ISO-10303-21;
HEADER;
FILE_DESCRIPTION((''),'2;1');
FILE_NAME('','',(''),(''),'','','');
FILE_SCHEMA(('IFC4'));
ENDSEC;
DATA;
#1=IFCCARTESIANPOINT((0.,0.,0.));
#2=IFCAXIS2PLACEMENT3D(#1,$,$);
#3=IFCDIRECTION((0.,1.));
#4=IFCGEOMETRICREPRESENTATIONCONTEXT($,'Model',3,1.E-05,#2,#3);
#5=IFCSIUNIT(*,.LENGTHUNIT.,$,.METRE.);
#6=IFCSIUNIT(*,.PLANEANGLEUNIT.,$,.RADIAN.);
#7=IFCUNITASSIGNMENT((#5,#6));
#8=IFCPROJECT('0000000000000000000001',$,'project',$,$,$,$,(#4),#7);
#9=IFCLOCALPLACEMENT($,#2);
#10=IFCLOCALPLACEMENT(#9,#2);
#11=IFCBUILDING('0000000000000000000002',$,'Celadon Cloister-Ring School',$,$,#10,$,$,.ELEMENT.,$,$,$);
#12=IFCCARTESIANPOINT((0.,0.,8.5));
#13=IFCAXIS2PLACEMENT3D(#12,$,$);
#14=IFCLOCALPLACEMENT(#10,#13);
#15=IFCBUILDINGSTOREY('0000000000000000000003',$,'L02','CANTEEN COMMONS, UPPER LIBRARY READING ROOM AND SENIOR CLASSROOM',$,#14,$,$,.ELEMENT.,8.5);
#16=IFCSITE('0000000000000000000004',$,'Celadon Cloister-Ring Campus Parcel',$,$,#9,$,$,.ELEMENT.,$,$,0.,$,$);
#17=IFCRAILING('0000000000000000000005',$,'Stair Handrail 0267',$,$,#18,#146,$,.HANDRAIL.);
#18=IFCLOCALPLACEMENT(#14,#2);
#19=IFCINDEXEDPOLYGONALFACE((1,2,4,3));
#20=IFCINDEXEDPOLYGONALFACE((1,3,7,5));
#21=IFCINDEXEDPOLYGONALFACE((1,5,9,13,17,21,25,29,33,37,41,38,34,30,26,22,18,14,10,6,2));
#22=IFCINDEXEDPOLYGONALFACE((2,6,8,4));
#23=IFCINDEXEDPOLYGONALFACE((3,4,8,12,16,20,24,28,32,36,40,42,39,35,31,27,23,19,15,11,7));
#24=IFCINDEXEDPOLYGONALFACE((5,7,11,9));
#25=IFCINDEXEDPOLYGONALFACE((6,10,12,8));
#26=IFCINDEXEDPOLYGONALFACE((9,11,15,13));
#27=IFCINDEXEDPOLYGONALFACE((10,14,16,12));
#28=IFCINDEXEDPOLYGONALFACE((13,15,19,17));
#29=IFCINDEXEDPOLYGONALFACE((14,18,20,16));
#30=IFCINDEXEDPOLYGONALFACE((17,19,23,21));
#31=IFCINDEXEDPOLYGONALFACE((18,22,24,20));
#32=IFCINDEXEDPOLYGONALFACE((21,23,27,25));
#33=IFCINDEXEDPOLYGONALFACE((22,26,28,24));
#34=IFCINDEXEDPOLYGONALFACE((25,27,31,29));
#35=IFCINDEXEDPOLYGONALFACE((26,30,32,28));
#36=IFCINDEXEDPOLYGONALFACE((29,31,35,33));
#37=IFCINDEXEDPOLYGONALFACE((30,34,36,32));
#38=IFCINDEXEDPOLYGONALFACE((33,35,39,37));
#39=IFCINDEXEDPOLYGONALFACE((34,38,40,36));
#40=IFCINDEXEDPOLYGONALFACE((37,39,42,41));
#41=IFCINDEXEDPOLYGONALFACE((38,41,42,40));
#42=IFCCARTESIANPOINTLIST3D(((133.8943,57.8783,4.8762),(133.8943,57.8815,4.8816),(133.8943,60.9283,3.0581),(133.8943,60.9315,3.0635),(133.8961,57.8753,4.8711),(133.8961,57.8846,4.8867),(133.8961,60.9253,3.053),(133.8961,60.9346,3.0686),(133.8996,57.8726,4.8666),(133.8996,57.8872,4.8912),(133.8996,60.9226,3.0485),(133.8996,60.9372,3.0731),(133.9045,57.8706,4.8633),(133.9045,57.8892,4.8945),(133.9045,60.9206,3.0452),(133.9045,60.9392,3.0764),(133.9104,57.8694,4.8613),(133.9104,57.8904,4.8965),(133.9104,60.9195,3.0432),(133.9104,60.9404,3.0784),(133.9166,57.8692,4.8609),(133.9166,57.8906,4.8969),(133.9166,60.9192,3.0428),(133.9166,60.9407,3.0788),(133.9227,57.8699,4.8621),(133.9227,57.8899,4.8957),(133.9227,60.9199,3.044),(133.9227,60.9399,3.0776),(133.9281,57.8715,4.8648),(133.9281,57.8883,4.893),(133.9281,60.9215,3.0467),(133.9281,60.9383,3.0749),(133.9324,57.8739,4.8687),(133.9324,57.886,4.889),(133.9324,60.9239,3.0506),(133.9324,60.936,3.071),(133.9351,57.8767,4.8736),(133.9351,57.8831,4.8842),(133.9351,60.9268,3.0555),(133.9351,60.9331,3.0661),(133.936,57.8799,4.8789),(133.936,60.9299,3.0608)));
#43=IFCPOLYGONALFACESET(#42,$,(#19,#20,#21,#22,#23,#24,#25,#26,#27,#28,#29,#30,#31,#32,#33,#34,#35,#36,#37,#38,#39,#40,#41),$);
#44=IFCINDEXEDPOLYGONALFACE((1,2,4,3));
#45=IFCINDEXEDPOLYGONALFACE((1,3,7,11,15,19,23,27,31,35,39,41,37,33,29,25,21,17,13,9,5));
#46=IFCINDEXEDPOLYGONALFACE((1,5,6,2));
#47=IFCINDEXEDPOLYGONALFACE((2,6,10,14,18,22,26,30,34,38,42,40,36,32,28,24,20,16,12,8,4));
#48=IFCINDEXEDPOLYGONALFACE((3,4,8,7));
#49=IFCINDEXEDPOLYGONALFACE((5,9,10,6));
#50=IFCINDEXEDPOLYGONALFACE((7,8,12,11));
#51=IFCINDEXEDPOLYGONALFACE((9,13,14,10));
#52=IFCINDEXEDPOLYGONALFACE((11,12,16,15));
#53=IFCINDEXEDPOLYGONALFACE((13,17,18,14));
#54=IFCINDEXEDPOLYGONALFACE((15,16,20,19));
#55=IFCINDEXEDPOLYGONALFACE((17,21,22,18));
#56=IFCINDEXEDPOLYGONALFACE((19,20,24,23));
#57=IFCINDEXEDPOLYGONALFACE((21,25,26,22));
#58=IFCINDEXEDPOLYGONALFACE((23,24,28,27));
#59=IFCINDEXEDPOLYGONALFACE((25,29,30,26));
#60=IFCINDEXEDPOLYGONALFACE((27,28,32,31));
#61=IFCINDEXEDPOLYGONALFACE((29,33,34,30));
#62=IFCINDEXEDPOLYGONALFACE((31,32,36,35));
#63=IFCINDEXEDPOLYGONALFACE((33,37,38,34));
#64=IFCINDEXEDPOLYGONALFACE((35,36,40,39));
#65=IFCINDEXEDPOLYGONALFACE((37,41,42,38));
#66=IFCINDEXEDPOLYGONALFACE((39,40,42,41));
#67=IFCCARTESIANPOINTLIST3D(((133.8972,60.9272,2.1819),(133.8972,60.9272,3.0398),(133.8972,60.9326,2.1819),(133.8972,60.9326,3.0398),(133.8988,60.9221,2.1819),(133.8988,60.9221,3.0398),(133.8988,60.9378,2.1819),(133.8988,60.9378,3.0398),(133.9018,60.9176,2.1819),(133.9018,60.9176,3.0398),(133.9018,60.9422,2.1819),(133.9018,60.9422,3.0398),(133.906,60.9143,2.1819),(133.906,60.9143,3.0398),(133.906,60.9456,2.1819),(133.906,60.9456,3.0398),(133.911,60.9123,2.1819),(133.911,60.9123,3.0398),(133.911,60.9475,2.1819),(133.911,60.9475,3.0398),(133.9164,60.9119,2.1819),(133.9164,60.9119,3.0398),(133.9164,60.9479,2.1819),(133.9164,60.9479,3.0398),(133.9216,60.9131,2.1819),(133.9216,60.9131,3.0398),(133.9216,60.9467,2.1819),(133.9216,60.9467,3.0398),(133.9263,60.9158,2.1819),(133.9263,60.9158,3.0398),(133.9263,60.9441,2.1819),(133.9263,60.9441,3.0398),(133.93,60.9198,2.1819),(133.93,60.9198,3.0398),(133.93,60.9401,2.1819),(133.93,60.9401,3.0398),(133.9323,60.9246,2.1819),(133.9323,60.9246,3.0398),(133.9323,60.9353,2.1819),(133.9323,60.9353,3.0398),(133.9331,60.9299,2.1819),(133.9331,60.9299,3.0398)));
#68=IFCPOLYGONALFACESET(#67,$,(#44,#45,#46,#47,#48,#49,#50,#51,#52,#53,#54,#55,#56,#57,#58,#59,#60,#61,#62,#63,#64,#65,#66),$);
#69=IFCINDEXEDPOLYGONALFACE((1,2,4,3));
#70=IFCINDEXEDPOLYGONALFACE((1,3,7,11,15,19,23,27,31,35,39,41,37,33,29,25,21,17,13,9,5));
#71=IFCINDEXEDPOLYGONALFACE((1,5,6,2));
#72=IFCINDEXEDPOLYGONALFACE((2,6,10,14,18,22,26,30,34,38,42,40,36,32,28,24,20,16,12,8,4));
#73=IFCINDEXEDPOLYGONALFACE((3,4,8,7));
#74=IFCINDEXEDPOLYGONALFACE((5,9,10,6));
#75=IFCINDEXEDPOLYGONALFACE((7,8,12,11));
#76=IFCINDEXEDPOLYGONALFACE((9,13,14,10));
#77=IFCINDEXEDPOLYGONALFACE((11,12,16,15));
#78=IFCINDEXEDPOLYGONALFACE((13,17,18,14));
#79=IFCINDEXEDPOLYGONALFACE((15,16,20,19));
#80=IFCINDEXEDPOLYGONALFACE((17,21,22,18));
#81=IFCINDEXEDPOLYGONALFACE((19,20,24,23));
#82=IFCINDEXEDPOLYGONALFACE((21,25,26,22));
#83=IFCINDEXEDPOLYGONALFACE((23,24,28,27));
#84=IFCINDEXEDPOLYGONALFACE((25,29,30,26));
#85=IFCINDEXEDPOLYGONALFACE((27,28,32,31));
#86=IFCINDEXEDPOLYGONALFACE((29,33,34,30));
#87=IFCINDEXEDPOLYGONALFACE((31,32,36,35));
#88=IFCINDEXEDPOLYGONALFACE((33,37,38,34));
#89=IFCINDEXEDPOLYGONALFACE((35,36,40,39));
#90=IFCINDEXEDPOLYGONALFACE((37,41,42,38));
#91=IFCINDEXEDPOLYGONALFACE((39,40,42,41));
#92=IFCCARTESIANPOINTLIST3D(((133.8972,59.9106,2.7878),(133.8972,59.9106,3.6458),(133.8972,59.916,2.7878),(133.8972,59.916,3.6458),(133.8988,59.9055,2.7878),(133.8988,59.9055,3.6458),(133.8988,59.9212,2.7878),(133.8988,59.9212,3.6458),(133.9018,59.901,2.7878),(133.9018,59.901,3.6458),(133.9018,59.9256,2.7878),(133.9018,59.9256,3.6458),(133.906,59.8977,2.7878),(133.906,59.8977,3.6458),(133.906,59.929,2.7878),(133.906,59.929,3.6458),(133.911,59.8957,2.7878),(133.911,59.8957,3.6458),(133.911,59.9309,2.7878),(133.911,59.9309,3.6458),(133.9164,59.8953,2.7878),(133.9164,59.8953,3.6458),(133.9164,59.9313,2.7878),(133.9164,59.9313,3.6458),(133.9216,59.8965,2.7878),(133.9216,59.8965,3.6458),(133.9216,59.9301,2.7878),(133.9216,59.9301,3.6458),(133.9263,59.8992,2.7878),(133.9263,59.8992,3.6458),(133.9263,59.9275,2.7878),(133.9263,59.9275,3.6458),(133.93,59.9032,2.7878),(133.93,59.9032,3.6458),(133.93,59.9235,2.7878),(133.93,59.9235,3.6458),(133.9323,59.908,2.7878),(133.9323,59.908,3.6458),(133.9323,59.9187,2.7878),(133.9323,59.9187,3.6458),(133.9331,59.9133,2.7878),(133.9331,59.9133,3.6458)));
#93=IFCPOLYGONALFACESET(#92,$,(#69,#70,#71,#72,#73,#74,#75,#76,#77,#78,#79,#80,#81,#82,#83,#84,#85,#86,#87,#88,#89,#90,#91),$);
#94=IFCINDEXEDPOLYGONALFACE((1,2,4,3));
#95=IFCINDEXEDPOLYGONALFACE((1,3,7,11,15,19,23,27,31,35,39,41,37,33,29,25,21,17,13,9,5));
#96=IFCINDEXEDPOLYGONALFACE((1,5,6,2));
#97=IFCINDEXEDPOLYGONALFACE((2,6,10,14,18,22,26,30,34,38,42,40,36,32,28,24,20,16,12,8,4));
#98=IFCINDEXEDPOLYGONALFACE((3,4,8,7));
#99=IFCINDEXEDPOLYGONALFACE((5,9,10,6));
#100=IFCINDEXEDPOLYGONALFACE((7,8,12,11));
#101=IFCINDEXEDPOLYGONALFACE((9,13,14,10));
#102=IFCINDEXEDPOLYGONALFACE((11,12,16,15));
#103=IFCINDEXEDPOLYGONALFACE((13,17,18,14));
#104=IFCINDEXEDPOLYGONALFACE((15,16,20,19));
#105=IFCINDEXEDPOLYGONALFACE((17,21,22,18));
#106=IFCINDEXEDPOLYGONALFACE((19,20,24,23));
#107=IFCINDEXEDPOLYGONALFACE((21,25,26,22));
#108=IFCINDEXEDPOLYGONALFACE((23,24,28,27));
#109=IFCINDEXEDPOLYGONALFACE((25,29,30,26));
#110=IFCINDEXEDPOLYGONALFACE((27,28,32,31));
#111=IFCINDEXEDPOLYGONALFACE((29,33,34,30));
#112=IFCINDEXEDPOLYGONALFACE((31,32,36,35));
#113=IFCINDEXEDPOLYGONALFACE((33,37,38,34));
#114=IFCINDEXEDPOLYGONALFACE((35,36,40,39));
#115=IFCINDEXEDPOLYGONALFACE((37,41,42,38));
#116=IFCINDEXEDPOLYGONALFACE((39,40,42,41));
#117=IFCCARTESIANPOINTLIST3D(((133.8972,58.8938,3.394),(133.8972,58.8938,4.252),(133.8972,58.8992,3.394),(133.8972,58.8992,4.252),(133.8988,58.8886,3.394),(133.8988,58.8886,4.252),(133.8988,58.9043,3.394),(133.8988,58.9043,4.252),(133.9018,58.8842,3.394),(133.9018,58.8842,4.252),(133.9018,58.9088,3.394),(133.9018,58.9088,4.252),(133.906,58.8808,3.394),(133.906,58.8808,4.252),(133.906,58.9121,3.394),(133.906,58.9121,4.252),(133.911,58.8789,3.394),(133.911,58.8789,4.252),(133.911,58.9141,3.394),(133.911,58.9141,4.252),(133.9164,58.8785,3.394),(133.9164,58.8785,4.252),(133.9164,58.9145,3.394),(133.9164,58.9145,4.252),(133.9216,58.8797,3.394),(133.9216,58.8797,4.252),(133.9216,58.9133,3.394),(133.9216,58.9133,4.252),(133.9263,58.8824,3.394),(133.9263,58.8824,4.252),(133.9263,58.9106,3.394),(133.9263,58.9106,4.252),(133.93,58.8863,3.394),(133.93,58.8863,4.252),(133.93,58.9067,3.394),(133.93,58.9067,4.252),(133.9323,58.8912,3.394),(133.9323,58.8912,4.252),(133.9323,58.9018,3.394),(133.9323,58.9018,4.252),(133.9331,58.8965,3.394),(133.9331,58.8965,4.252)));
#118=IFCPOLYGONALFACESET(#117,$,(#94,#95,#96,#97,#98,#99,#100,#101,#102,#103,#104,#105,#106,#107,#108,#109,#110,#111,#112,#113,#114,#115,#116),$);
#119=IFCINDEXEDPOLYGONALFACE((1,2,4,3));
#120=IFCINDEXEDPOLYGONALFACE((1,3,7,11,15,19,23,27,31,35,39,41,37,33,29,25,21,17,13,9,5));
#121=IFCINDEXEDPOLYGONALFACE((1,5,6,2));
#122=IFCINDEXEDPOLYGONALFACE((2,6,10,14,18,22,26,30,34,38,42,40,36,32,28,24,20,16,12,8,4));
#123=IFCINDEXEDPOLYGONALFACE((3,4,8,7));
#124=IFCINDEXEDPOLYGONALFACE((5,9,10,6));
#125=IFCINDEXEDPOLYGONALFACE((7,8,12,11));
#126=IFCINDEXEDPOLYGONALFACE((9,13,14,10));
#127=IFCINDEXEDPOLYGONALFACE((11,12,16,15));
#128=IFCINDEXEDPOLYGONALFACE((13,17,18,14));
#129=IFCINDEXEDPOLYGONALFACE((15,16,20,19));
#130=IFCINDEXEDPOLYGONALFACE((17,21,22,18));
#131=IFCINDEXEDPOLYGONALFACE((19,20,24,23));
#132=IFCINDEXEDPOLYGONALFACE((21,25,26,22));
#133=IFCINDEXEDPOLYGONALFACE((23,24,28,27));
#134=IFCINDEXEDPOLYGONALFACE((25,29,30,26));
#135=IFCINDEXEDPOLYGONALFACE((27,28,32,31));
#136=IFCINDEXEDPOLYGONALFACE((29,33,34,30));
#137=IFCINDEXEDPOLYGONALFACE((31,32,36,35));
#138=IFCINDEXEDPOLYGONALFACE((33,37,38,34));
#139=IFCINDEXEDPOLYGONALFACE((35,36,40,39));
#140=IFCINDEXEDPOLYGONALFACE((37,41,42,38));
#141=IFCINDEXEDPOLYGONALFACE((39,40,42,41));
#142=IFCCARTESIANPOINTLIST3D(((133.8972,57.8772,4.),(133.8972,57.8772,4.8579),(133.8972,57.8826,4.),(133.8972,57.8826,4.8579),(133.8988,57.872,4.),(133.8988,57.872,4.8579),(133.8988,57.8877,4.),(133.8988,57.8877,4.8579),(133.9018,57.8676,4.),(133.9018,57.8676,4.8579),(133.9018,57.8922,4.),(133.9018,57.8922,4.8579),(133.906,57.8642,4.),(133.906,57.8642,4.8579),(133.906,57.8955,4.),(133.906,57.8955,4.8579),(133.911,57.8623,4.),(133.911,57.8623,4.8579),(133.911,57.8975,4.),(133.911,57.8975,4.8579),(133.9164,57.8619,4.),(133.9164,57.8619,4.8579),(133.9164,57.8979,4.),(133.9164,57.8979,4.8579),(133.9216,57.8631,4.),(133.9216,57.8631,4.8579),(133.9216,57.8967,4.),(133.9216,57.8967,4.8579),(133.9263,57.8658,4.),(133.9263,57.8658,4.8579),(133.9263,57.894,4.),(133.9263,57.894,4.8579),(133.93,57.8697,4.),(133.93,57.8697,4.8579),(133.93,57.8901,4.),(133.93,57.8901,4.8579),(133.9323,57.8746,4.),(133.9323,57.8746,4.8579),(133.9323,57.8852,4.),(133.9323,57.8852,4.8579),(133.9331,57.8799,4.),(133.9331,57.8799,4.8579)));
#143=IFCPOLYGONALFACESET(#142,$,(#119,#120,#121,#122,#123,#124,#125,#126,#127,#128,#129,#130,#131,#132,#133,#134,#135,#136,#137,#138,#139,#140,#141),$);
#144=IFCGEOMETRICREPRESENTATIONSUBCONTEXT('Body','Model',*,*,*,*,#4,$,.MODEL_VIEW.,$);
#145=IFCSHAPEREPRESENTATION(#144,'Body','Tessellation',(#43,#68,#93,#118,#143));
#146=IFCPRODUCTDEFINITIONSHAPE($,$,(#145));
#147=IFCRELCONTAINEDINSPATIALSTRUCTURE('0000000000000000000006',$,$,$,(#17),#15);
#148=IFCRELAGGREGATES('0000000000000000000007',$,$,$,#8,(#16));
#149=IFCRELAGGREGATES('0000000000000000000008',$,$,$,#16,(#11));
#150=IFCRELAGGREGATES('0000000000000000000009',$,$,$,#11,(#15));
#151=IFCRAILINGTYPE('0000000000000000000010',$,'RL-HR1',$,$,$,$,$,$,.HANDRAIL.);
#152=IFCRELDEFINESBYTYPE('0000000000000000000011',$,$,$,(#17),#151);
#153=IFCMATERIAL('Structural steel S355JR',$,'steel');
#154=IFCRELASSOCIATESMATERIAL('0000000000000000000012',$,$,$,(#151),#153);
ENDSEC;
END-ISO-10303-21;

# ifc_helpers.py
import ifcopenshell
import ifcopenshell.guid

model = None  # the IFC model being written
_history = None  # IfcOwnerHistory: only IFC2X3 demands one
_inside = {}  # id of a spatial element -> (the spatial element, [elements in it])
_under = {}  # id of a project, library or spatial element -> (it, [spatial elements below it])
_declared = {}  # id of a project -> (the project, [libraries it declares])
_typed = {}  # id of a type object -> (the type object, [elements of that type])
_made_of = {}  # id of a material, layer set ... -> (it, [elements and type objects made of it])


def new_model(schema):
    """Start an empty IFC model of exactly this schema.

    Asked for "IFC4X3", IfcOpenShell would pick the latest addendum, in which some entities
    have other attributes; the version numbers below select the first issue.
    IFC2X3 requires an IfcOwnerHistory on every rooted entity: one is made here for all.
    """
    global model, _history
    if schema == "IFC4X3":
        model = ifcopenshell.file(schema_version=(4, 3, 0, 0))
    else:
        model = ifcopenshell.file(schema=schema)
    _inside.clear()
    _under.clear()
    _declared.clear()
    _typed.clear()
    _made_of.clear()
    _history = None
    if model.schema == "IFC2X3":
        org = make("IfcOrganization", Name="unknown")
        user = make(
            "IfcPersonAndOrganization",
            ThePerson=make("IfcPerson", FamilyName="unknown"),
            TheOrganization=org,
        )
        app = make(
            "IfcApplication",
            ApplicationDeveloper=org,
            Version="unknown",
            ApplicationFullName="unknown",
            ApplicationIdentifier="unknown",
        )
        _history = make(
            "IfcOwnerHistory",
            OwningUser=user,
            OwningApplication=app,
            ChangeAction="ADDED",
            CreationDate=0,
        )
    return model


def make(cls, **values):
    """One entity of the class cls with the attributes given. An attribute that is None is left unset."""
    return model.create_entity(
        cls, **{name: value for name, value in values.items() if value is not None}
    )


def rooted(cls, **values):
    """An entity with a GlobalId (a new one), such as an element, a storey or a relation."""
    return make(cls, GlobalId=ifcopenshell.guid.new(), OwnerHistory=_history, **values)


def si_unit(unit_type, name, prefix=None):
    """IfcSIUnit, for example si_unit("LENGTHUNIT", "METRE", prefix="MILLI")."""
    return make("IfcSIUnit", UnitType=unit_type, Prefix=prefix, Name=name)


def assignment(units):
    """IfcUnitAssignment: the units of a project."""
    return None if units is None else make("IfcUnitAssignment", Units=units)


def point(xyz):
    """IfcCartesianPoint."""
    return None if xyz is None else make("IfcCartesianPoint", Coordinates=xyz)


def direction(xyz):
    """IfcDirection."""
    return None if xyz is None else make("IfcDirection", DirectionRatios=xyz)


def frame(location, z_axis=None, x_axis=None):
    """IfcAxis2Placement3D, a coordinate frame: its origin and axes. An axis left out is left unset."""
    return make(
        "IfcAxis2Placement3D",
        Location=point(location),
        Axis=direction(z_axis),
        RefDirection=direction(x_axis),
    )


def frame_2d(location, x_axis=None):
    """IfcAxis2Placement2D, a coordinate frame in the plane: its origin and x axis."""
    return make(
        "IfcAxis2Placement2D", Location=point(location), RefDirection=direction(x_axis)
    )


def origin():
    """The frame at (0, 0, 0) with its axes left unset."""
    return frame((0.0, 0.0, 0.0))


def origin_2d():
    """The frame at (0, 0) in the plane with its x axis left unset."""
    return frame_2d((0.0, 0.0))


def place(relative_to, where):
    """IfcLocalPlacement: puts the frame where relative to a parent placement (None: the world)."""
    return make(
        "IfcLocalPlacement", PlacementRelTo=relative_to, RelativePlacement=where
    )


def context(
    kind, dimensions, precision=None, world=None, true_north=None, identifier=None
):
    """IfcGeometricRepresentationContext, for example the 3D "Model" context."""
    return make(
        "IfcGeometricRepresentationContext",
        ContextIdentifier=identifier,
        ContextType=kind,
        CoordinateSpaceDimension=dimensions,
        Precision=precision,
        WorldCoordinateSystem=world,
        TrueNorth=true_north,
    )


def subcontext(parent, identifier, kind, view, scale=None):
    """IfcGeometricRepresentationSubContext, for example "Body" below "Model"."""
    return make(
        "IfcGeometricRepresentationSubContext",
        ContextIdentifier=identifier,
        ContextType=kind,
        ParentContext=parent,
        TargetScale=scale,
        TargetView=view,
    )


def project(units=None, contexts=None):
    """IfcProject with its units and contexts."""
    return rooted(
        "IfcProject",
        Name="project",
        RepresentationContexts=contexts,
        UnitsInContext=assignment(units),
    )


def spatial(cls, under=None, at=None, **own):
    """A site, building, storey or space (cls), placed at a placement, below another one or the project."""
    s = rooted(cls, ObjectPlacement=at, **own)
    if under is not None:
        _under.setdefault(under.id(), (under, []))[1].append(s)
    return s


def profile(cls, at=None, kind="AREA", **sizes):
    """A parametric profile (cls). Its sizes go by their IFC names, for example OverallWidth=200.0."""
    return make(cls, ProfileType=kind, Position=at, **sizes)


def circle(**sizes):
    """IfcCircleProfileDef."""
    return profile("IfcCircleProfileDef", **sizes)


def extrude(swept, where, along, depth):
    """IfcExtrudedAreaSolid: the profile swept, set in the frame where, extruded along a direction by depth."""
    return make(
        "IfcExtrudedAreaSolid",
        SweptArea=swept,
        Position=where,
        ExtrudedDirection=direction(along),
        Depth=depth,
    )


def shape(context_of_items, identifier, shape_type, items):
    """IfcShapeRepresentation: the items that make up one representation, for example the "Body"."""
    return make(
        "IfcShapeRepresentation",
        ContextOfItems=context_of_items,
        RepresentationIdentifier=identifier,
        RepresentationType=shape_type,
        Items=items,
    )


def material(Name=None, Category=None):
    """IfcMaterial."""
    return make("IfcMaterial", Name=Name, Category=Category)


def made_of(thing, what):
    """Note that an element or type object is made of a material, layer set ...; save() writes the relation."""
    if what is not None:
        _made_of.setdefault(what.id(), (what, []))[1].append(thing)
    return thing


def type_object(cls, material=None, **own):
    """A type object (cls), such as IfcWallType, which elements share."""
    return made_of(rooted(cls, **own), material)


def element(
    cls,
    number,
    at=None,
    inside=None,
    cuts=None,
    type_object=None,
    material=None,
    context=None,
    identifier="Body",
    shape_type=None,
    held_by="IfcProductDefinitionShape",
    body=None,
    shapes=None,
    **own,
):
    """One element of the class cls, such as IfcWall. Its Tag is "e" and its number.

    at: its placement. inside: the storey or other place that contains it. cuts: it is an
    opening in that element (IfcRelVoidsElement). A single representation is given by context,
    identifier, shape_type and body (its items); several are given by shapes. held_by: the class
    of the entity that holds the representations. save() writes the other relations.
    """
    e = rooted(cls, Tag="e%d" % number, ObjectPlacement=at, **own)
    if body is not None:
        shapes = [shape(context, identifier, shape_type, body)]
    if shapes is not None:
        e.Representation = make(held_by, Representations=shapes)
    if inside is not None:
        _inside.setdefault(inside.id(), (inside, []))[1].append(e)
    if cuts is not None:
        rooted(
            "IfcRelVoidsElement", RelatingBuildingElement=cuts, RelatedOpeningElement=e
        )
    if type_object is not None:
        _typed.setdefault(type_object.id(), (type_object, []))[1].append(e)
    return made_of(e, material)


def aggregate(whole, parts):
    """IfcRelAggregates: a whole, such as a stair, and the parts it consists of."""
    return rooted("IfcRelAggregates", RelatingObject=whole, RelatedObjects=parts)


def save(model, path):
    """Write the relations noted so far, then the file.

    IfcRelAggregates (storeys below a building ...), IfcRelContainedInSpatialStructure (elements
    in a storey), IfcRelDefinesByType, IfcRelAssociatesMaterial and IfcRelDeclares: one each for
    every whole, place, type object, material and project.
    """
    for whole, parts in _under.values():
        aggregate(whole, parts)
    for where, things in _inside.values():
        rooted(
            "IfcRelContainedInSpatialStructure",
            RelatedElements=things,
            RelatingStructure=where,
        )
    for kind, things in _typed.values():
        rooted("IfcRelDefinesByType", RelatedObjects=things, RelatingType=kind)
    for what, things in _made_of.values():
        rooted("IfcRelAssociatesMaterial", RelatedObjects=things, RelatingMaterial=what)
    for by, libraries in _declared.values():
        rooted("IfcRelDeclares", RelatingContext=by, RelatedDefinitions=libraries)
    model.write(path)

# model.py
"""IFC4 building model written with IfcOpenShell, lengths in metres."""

from ifc_helpers import new_model, si_unit, direction, frame, origin, origin_2d, place, context, subcontext, project, spatial, circle, extrude, material, type_object, element, save


model = new_model("IFC4")

# Units and contexts
model_context = context("Model", 3, precision=1e-05, world=origin(), true_north=direction((0.0, 1.0)))
body_context = subcontext(model_context, "Body", "Model", "MODEL_VIEW")
ifc_project = project(units=[si_unit("LENGTHUNIT", "METRE"), si_unit("PLANEANGLEUNIT", "RADIAN")], contexts=[model_context])

# Site, building, storey
site_placement = place(None, origin())
site = spatial("IfcSite", under=ifc_project, at=site_placement, Name="Celadon Cloister-Ring Campus Parcel", CompositionType="ELEMENT", RefElevation=0.0)
building_placement = place(site_placement, origin())
building = spatial("IfcBuilding", under=site, at=building_placement, Name="Celadon Cloister-Ring School", CompositionType="ELEMENT")
storey_placement = place(building_placement, frame((0.0, 0.0, 8.5)))
storey = spatial("IfcBuildingStorey", under=building, at=storey_placement, Name="L02", Description="CANTEEN COMMONS, UPPER LIBRARY READING ROOM AND SENIOR CLASSROOM", CompositionType="ELEMENT", Elevation=8.5)

# Railing
ifc_material_1 = material(Name="Structural steel S355JR", Category="steel")
railing_type_1 = type_object("IfcRailingType", Name="RL-HR1", PredefinedType="HANDRAIL", material=ifc_material_1)
for number, where, name in (
    (1, (133.915, 60.9299, 2.1819), "Stair Handrail 0267"),
):
    element("IfcRailing", number, at=place(storey_placement, frame(where)), inside=storey, type_object=railing_type_1, Name=name, PredefinedType="HANDRAIL", context=body_context, shape_type="SweptSolid", body=[
        extrude(circle(Radius=0.021, at=origin_2d()), frame((0.0, 0.0, 0.8789), z_axis=(0.0, -0.85897, 0.512026), x_axis=(1.0, 0.0, 0.0)), (0.0, 0.0, 1.0), 3.5508),
        extrude(circle(Radius=0.0181, at=origin_2d()), origin(), (0.0, 0.0, 1.0), 0.8579),
        extrude(circle(Radius=0.0181, at=origin_2d()), frame((0.0, -1.0166, 0.606)), (0.0, 0.0, 1.0), 0.8579),
        extrude(circle(Radius=0.0181, at=origin_2d()), frame((0.0, -2.0334, 1.2122)), (0.0, 0.0, 1.0), 0.8579),
        extrude(circle(Radius=0.0181, at=origin_2d()), frame((0.0, -3.05, 1.8181)), (0.0, 0.0, 1.0), 0.8579),
    ])

save(model, "model.ifc")
